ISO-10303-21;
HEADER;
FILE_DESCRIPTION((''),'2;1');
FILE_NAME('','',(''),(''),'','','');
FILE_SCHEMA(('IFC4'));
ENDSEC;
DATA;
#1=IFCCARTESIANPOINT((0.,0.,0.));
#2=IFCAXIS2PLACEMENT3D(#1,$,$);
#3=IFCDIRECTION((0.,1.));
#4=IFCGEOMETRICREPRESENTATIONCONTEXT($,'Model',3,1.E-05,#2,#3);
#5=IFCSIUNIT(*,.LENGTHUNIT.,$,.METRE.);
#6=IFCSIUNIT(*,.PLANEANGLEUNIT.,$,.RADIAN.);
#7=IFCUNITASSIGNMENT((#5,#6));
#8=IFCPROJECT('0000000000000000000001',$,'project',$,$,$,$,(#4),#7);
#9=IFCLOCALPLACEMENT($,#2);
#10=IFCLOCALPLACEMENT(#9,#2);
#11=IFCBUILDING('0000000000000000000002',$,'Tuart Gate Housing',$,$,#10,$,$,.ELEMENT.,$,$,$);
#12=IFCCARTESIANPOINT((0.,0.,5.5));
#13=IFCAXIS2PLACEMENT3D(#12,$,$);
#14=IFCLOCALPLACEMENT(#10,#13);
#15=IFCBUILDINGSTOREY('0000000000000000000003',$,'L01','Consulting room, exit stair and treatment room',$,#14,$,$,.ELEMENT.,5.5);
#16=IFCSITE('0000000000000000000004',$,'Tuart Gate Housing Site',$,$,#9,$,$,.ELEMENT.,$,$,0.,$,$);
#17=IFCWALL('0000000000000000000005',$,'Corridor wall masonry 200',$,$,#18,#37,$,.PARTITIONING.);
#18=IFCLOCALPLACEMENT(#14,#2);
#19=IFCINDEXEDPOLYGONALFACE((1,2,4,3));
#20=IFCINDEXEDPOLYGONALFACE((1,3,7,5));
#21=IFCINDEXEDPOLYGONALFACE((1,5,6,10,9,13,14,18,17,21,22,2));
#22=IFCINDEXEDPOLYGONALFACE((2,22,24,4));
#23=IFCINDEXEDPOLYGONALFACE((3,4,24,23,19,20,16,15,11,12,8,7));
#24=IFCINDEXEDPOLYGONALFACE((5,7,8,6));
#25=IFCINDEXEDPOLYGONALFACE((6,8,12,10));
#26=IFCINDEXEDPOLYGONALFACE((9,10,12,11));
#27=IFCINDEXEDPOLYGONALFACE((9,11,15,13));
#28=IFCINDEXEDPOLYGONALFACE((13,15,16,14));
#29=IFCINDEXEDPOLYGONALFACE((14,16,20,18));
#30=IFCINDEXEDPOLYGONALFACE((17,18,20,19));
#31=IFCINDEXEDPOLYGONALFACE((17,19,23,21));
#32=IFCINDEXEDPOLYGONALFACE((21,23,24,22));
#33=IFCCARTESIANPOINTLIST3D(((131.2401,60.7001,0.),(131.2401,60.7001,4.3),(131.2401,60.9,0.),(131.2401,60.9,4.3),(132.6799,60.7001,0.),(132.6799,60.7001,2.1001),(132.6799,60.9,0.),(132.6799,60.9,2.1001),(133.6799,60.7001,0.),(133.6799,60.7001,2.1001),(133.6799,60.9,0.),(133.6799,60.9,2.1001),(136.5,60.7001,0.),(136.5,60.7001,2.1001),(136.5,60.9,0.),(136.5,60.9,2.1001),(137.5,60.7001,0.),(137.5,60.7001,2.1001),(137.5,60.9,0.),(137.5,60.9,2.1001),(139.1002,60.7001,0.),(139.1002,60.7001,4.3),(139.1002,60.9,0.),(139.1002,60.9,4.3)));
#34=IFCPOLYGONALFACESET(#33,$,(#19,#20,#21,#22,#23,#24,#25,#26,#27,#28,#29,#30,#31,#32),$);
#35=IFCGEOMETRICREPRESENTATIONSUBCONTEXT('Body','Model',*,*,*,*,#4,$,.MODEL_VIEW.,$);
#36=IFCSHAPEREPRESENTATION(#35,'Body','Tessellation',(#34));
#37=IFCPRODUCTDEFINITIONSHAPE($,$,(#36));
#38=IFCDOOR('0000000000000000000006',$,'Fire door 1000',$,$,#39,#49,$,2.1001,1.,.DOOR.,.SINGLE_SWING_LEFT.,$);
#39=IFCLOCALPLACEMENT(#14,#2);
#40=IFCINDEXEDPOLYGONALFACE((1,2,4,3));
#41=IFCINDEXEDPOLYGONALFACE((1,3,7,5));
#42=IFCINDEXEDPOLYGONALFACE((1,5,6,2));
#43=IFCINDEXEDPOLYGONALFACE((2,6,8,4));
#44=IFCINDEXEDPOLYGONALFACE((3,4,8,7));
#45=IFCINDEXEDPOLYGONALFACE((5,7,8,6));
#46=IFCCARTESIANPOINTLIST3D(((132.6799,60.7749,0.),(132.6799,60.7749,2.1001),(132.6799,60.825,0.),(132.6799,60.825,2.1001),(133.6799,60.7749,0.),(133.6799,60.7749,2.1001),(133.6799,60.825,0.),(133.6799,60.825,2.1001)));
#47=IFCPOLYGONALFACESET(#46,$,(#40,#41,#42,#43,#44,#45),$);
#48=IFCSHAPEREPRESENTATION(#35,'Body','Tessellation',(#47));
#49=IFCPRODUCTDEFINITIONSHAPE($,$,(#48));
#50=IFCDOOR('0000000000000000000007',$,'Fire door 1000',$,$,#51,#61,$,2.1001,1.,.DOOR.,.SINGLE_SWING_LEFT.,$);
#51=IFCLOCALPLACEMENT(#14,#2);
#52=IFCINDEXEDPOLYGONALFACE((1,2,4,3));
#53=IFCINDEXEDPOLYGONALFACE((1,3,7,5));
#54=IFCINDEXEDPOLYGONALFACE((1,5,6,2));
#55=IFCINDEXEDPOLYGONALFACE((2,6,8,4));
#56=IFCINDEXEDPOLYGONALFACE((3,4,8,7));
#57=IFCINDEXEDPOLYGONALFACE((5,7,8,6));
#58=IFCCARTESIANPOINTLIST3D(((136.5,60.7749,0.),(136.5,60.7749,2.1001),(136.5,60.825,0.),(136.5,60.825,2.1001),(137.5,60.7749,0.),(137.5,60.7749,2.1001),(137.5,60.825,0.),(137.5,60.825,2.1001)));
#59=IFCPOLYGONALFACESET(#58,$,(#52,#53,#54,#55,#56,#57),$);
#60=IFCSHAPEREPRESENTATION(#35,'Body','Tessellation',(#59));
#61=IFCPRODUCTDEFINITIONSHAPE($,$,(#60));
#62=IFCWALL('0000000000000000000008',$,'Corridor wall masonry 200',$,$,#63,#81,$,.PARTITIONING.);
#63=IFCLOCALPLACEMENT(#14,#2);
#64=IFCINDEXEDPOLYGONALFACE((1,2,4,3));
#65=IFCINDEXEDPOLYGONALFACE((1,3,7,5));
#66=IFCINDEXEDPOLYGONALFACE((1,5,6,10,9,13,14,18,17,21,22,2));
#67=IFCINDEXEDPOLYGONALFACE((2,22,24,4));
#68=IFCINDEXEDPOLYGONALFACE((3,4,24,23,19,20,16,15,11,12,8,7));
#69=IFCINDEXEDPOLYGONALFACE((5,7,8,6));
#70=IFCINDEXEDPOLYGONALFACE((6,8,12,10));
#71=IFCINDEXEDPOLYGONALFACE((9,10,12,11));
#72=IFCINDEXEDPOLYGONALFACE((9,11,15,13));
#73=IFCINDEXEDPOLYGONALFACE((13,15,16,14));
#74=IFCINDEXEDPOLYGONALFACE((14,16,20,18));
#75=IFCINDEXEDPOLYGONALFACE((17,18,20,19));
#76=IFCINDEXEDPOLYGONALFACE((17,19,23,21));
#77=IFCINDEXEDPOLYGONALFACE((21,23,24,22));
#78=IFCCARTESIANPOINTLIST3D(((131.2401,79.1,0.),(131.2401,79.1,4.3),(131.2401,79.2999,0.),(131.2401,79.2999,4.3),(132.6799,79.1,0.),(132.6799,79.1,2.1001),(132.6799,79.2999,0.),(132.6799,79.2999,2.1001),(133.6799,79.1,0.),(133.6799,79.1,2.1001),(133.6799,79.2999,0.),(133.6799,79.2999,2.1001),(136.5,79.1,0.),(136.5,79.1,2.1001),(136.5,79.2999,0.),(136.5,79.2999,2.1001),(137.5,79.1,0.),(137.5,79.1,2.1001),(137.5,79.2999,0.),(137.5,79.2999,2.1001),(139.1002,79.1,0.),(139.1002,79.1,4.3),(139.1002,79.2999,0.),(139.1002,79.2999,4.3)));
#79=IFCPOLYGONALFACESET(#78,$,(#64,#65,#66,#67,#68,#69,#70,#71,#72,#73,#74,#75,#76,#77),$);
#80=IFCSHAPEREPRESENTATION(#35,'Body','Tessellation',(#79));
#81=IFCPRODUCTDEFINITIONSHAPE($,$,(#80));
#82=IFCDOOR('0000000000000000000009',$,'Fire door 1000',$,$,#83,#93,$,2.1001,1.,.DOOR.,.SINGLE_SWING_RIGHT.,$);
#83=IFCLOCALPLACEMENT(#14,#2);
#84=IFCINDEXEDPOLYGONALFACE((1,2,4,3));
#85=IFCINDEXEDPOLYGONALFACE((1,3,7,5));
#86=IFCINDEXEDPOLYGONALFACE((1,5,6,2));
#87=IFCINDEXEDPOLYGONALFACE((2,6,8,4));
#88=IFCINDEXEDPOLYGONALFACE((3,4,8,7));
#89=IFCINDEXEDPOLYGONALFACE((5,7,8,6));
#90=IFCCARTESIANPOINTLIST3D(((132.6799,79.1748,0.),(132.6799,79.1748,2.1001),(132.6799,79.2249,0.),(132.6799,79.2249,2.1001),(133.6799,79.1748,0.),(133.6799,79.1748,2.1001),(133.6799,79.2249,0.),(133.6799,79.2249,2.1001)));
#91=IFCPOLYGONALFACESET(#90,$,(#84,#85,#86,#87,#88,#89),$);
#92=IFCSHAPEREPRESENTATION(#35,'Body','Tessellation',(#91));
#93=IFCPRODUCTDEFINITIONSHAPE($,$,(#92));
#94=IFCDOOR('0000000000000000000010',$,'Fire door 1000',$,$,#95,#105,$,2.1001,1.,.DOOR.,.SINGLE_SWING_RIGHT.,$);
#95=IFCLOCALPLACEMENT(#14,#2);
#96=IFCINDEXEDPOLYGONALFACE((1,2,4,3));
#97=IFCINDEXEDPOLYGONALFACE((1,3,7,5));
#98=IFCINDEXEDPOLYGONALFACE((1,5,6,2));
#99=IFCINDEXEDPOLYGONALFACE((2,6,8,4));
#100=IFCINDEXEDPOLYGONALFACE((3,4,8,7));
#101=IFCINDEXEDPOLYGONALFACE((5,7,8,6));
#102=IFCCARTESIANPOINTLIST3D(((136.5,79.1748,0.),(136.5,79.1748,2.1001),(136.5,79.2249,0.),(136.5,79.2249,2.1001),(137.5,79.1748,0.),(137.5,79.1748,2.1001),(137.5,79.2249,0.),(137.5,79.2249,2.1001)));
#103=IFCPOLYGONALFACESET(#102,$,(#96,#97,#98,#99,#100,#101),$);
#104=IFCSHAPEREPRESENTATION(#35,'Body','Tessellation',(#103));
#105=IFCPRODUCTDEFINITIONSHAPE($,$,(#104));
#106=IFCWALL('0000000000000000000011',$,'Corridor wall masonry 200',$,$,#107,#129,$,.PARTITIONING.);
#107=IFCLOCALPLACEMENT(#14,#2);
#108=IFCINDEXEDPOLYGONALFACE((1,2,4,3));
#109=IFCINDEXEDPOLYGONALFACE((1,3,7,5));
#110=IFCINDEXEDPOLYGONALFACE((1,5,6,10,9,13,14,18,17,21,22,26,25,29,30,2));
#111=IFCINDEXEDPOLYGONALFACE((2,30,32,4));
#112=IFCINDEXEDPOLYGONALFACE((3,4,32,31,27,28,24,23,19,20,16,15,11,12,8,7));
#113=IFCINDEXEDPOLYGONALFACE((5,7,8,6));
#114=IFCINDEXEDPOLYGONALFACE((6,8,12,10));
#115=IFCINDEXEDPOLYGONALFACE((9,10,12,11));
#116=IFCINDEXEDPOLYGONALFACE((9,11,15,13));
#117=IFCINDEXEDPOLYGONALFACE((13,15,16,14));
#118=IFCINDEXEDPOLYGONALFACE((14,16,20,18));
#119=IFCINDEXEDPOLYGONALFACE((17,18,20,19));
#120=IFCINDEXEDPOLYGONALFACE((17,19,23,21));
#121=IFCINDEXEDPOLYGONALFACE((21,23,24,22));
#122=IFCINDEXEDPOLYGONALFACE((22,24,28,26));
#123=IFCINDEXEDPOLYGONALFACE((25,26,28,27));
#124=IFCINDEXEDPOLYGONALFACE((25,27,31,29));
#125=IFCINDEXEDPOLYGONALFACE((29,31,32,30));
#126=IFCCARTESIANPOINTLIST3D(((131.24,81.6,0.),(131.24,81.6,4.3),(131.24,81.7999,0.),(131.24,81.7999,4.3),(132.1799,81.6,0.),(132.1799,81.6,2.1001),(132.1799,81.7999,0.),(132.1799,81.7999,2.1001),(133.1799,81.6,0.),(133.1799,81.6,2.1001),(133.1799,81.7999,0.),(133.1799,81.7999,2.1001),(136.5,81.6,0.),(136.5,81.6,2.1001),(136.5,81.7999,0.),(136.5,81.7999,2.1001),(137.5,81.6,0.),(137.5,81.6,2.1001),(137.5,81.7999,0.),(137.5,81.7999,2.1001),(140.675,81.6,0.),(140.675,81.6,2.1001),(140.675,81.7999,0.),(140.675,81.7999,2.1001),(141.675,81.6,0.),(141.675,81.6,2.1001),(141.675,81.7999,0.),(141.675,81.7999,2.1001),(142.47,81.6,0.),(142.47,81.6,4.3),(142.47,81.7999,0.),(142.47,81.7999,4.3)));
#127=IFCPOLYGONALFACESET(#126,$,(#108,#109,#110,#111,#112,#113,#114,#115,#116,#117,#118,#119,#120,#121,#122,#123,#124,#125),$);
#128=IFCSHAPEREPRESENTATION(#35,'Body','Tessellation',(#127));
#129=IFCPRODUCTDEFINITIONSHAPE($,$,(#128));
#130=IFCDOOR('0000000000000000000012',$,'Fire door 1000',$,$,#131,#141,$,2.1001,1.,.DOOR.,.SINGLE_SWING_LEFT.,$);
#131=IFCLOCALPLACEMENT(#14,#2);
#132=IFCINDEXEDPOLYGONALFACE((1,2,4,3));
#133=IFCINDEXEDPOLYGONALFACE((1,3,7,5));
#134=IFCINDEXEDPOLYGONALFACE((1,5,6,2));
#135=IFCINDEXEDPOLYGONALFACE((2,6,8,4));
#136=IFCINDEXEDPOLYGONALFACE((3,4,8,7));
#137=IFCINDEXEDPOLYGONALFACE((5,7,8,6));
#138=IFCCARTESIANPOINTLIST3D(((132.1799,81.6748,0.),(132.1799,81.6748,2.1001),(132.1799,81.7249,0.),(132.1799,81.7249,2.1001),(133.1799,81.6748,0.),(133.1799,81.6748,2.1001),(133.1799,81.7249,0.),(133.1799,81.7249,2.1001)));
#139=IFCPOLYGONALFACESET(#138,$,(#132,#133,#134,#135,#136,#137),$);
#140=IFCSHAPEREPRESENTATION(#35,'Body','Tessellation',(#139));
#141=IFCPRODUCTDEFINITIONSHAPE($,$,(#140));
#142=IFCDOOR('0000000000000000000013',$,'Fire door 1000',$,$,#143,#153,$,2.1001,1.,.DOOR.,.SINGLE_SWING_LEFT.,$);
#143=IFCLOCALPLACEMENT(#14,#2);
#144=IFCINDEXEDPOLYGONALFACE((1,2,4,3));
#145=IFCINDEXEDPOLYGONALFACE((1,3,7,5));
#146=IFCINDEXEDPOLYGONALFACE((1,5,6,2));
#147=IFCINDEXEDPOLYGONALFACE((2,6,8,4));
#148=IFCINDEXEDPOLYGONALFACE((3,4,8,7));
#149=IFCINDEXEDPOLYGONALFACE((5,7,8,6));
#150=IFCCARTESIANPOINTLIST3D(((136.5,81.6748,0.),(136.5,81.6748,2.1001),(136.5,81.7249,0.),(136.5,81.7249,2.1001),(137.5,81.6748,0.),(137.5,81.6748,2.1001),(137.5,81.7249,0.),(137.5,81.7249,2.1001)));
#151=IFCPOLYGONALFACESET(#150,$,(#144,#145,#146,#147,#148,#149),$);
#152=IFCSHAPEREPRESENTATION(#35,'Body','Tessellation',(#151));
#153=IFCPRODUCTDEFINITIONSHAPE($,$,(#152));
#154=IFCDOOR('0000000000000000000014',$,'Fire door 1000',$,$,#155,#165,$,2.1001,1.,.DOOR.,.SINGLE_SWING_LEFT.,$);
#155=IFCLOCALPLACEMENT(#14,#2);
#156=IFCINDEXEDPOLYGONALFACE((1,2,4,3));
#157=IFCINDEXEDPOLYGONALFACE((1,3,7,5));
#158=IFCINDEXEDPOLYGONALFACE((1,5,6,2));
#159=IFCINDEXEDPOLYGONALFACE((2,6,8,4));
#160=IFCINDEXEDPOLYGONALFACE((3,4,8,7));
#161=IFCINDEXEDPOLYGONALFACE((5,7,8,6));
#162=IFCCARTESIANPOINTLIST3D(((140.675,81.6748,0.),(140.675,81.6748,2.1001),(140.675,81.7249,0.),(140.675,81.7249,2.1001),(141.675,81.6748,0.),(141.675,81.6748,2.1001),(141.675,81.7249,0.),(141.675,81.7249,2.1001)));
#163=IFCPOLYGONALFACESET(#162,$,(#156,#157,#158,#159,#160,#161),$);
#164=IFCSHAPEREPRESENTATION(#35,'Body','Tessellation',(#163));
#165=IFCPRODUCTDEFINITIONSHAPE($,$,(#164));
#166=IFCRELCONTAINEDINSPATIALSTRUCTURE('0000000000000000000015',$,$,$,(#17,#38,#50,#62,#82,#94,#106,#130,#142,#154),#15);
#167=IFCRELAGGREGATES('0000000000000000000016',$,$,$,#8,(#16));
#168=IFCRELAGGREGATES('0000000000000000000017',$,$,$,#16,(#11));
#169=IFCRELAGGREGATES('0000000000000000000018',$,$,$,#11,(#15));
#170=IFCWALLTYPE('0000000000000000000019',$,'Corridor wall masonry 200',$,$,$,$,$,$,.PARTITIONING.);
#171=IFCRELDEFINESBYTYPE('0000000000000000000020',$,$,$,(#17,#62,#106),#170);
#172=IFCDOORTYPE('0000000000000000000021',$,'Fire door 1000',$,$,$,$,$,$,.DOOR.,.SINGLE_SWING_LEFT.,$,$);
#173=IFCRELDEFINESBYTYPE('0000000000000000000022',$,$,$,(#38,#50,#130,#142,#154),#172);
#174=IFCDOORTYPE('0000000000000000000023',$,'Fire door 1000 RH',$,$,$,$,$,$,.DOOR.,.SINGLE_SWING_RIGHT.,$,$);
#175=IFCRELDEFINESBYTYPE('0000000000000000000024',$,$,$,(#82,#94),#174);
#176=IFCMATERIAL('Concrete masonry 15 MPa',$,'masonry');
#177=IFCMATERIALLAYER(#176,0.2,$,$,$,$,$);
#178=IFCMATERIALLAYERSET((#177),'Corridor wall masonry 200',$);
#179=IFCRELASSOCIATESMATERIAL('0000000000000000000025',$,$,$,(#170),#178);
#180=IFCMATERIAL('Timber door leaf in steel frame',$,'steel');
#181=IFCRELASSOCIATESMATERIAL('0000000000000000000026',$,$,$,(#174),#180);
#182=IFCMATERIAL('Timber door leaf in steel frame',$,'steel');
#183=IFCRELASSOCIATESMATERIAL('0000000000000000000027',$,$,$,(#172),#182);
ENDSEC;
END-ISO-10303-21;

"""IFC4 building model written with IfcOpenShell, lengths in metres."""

from ifc_helpers import new_model, si_unit, direction, frame, frame_2d, origin, place, context, subcontext, project, spatial, rectangle, extrude, material, layer, layer_set, type_object, element, fill, save


model = new_model("IFC4")

# Units and contexts
model_context = context("Model", 3, precision=1e-05, world=origin(), true_north=direction((0.0, 1.0)))
body_context = subcontext(model_context, "Body", "Model", "MODEL_VIEW")
ifc_project = project(units=[si_unit("LENGTHUNIT", "METRE"), si_unit("PLANEANGLEUNIT", "RADIAN")], contexts=[model_context])

# Site, building, storey
site_placement = place(None, origin())
site = spatial("IfcSite", under=ifc_project, at=site_placement, Name="Tuart Gate Housing Site", CompositionType="ELEMENT", RefElevation=0.0)
building_placement = place(site_placement, origin())
building = spatial("IfcBuilding", under=site, at=building_placement, Name="Tuart Gate Housing", CompositionType="ELEMENT")
storey_placement = place(building_placement, frame((0.0, 0.0, 5.5)))
storey = spatial("IfcBuildingStorey", under=building, at=storey_placement, Name="L01", Description="Consulting room, exit stair and treatment room", CompositionType="ELEMENT", Elevation=5.5)

# Walls, openings, doors
ifc_material_1 = material(Name="Concrete masonry 15 MPa", Category="masonry")
ifc_layer_1 = layer(ifc_material_1, 0.2)
ifc_layer_set_1 = layer_set([ifc_layer_1], Name="Corridor wall masonry 200")
wall_type_1 = type_object("IfcWallType", Name="Corridor wall masonry 200", PredefinedType="PARTITIONING", material=ifc_layer_set_1)
ifc_material_2 = material(Name="Timber door leaf in steel frame", Category="steel")
door_type_1 = type_object("IfcDoorType", Name="Fire door 1000 RH", OperationType="SINGLE_SWING_RIGHT", PredefinedType="DOOR", material=ifc_material_2)
wall_1_placement = place(storey_placement, frame((131.24, 60.8, 0.0), z_axis=(0.0, 0.0, 1.0), x_axis=(1.0, 0.0, 0.0)))
wall_1 = element("IfcWall", 1, at=wall_1_placement, inside=storey, type_object=wall_type_1, Name="Corridor wall masonry 200", PredefinedType="PARTITIONING", context=body_context, shape_type="SweptSolid", body=[
    extrude(rectangle(XDim=7.8601, YDim=0.2, at=frame_2d((3.9302, 0.0))), origin(), (0.0, 0.0, 1.0), 4.3),
])
opening_1_placement = place(wall_1_placement, frame((1.4399, 0.0, 0.0)))
opening_1 = element("IfcOpeningElement", 2, at=opening_1_placement, cuts=wall_1, PredefinedType="OPENING", context=body_context, shape_type="SweptSolid", body=[
    extrude(rectangle(XDim=1.0, YDim=2.1001, at=frame_2d((0.5, 1.05))), frame((0.0, 0.1099, 0.0), z_axis=(0.0, -1.0, 0.0), x_axis=(1.0, 0.0, 0.0)), (0.0, 0.0, 1.0), 0.22),
])
opening_2_placement = place(wall_1_placement, frame((5.26, 0.0, 0.0)))
opening_2 = element("IfcOpeningElement", 3, at=opening_2_placement, cuts=wall_1, PredefinedType="OPENING", context=body_context, shape_type="SweptSolid", body=[
    extrude(rectangle(XDim=1.0, YDim=2.1001, at=frame_2d((0.5, 1.05))), frame((0.0, 0.1099, 0.0), z_axis=(0.0, -1.0, 0.0), x_axis=(1.0, 0.0, 0.0)), (0.0, 0.0, 1.0), 0.22),
])
ifc_material_3 = material(Name="Timber door leaf in steel frame", Category="steel")
door_type_2 = type_object("IfcDoorType", Name="Fire door 1000", OperationType="SINGLE_SWING_LEFT", PredefinedType="DOOR", material=ifc_material_3)
door_1_placement = place(opening_1_placement, origin())
door_1 = element("IfcDoor", 4, at=door_1_placement, inside=storey, type_object=door_type_2, Name="Fire door 1000", OperationType="SINGLE_SWING_LEFT", OverallHeight=2.1001, OverallWidth=1.0, PredefinedType="DOOR", context=body_context, shape_type="SweptSolid", body=[
    extrude(rectangle(XDim=1.0, YDim=2.1001, at=frame_2d((0.5, 1.05))), frame((0.0, 0.0249, 0.0), z_axis=(0.0, -1.0, 0.0), x_axis=(1.0, 0.0, 0.0)), (0.0, 0.0, 1.0), 0.05),
])
fill(opening_1, door_1)
door_2_placement = place(opening_2_placement, origin())
door_2 = element("IfcDoor", 5, at=door_2_placement, inside=storey, type_object=door_type_2, Name="Fire door 1000", OperationType="SINGLE_SWING_LEFT", OverallHeight=2.1001, OverallWidth=1.0, PredefinedType="DOOR", context=body_context, shape_type="SweptSolid", body=[
    extrude(rectangle(XDim=1.0, YDim=2.1001, at=frame_2d((0.5, 1.05))), frame((0.0, 0.0249, 0.0), z_axis=(0.0, -1.0, 0.0), x_axis=(1.0, 0.0, 0.0)), (0.0, 0.0, 1.0), 0.05),
])
fill(opening_2, door_2)
wall_2_placement = place(storey_placement, frame((131.24, 79.2, 0.0), z_axis=(0.0, 0.0, 1.0), x_axis=(1.0, 0.0, 0.0)))
wall_2 = element("IfcWall", 6, at=wall_2_placement, inside=storey, type_object=wall_type_1, Name="Corridor wall masonry 200", PredefinedType="PARTITIONING", context=body_context, shape_type="SweptSolid", body=[
    extrude(rectangle(XDim=7.8601, YDim=0.2, at=frame_2d((3.9302, 0.0))), origin(), (0.0, 0.0, 1.0), 4.3),
])
opening_3_placement = place(wall_2_placement, frame((1.4399, 0.0, 0.0)))
opening_3 = element("IfcOpeningElement", 7, at=opening_3_placement, cuts=wall_2, PredefinedType="OPENING", context=body_context, shape_type="SweptSolid", body=[
    extrude(rectangle(XDim=1.0, YDim=2.1001, at=frame_2d((0.5, 1.05))), frame((0.0, 0.1099, 0.0), z_axis=(0.0, -1.0, 0.0), x_axis=(1.0, 0.0, 0.0)), (0.0, 0.0, 1.0), 0.22),
])
opening_4_placement = place(wall_2_placement, frame((5.26, 0.0, 0.0)))
opening_4 = element("IfcOpeningElement", 8, at=opening_4_placement, cuts=wall_2, PredefinedType="OPENING", context=body_context, shape_type="SweptSolid", body=[
    extrude(rectangle(XDim=1.0, YDim=2.1001, at=frame_2d((0.5, 1.05))), frame((0.0, 0.1099, 0.0), z_axis=(0.0, -1.0, 0.0), x_axis=(1.0, 0.0, 0.0)), (0.0, 0.0, 1.0), 0.22),
])
door_3_placement = place(opening_3_placement, frame((1.0, 0.0, 0.0), z_axis=(0.0, 0.0, 1.0), x_axis=(-1.0, 0.0, 0.0)))
door_3 = element("IfcDoor", 9, at=door_3_placement, inside=storey, type_object=door_type_1, Name="Fire door 1000", OperationType="SINGLE_SWING_RIGHT", OverallHeight=2.1001, OverallWidth=1.0, PredefinedType="DOOR", context=body_context, shape_type="SweptSolid", body=[
    extrude(rectangle(XDim=1.0, YDim=2.1001, at=frame_2d((0.5, 1.05))), frame((0.0, 0.0251, 0.0), z_axis=(0.0, -1.0, 0.0), x_axis=(1.0, 0.0, 0.0)), (0.0, 0.0, 1.0), 0.05),
])
fill(opening_3, door_3)
door_4_placement = place(opening_4_placement, frame((1.0, 0.0, 0.0), z_axis=(0.0, 0.0, 1.0), x_axis=(-1.0, 0.0, 0.0)))
door_4 = element("IfcDoor", 10, at=door_4_placement, inside=storey, type_object=door_type_1, Name="Fire door 1000", OperationType="SINGLE_SWING_RIGHT", OverallHeight=2.1001, OverallWidth=1.0, PredefinedType="DOOR", context=body_context, shape_type="SweptSolid", body=[
    extrude(rectangle(XDim=1.0, YDim=2.1001, at=frame_2d((0.5, 1.05))), frame((0.0, 0.0251, 0.0), z_axis=(0.0, -1.0, 0.0), x_axis=(1.0, 0.0, 0.0)), (0.0, 0.0, 1.0), 0.05),
])
fill(opening_4, door_4)
wall_3_placement = place(storey_placement, frame((131.24, 81.7, 0.0), z_axis=(0.0, 0.0, 1.0), x_axis=(1.0, 0.0, 0.0)))
wall_3 = element("IfcWall", 11, at=wall_3_placement, inside=storey, type_object=wall_type_1, Name="Corridor wall masonry 200", PredefinedType="PARTITIONING", context=body_context, shape_type="SweptSolid", body=[
    extrude(rectangle(XDim=11.23, YDim=0.2, at=frame_2d((5.615, 0.0))), origin(), (0.0, 0.0, 1.0), 4.3),
])
opening_5_placement = place(wall_3_placement, frame((0.9399, 0.0, 0.0)))
opening_5 = element("IfcOpeningElement", 12, at=opening_5_placement, cuts=wall_3, PredefinedType="OPENING", context=body_context, shape_type="SweptSolid", body=[
    extrude(rectangle(XDim=1.0, YDim=2.1001, at=frame_2d((0.5, 1.05))), frame((0.0, 0.1099, 0.0), z_axis=(0.0, -1.0, 0.0), x_axis=(1.0, 0.0, 0.0)), (0.0, 0.0, 1.0), 0.22),
])
opening_6_placement = place(wall_3_placement, frame((5.26, 0.0, 0.0)))
opening_6 = element("IfcOpeningElement", 13, at=opening_6_placement, cuts=wall_3, PredefinedType="OPENING", context=body_context, shape_type="SweptSolid", body=[
    extrude(rectangle(XDim=1.0, YDim=2.1001, at=frame_2d((0.5, 1.05))), frame((0.0, 0.1099, 0.0), z_axis=(0.0, -1.0, 0.0), x_axis=(1.0, 0.0, 0.0)), (0.0, 0.0, 1.0), 0.22),
])
opening_7_placement = place(wall_3_placement, frame((9.4351, 0.0, 0.0)))
opening_7 = element("IfcOpeningElement", 14, at=opening_7_placement, cuts=wall_3, PredefinedType="OPENING", context=body_context, shape_type="SweptSolid", body=[
    extrude(rectangle(XDim=1.0, YDim=2.1001, at=frame_2d((0.5, 1.05))), frame((0.0, 0.1099, 0.0), z_axis=(0.0, -1.0, 0.0), x_axis=(1.0, 0.0, 0.0)), (0.0, 0.0, 1.0), 0.22),
])
door_5_placement = place(opening_5_placement, origin())
door_5 = element("IfcDoor", 15, at=door_5_placement, inside=storey, type_object=door_type_2, Name="Fire door 1000", OperationType="SINGLE_SWING_LEFT", OverallHeight=2.1001, OverallWidth=1.0, PredefinedType="DOOR", context=body_context, shape_type="SweptSolid", body=[
    extrude(rectangle(XDim=1.0, YDim=2.1001, at=frame_2d((0.5, 1.05))), frame((0.0, 0.0249, 0.0), z_axis=(0.0, -1.0, 0.0), x_axis=(1.0, 0.0, 0.0)), (0.0, 0.0, 1.0), 0.05),
])
fill(opening_5, door_5)
door_6_placement = place(opening_6_placement, origin())
door_6 = element("IfcDoor", 16, at=door_6_placement, inside=storey, type_object=door_type_2, Name="Fire door 1000", OperationType="SINGLE_SWING_LEFT", OverallHeight=2.1001, OverallWidth=1.0, PredefinedType="DOOR", context=body_context, shape_type="SweptSolid", body=[
    extrude(rectangle(XDim=1.0, YDim=2.1001, at=frame_2d((0.5, 1.05))), frame((0.0, 0.0249, 0.0), z_axis=(0.0, -1.0, 0.0), x_axis=(1.0, 0.0, 0.0)), (0.0, 0.0, 1.0), 0.05),
])
fill(opening_6, door_6)
door_7_placement = place(opening_7_placement, origin())
door_7 = element("IfcDoor", 17, at=door_7_placement, inside=storey, type_object=door_type_2, Name="Fire door 1000", OperationType="SINGLE_SWING_LEFT", OverallHeight=2.1001, OverallWidth=1.0, PredefinedType="DOOR", context=body_context, shape_type="SweptSolid", body=[
    extrude(rectangle(XDim=1.0, YDim=2.1001, at=frame_2d((0.5, 1.05))), frame((0.0, 0.0249, 0.0), z_axis=(0.0, -1.0, 0.0), x_axis=(1.0, 0.0, 0.0)), (0.0, 0.0, 1.0), 0.05),
])
fill(opening_7, door_7)

save(model, "model.ifc")
